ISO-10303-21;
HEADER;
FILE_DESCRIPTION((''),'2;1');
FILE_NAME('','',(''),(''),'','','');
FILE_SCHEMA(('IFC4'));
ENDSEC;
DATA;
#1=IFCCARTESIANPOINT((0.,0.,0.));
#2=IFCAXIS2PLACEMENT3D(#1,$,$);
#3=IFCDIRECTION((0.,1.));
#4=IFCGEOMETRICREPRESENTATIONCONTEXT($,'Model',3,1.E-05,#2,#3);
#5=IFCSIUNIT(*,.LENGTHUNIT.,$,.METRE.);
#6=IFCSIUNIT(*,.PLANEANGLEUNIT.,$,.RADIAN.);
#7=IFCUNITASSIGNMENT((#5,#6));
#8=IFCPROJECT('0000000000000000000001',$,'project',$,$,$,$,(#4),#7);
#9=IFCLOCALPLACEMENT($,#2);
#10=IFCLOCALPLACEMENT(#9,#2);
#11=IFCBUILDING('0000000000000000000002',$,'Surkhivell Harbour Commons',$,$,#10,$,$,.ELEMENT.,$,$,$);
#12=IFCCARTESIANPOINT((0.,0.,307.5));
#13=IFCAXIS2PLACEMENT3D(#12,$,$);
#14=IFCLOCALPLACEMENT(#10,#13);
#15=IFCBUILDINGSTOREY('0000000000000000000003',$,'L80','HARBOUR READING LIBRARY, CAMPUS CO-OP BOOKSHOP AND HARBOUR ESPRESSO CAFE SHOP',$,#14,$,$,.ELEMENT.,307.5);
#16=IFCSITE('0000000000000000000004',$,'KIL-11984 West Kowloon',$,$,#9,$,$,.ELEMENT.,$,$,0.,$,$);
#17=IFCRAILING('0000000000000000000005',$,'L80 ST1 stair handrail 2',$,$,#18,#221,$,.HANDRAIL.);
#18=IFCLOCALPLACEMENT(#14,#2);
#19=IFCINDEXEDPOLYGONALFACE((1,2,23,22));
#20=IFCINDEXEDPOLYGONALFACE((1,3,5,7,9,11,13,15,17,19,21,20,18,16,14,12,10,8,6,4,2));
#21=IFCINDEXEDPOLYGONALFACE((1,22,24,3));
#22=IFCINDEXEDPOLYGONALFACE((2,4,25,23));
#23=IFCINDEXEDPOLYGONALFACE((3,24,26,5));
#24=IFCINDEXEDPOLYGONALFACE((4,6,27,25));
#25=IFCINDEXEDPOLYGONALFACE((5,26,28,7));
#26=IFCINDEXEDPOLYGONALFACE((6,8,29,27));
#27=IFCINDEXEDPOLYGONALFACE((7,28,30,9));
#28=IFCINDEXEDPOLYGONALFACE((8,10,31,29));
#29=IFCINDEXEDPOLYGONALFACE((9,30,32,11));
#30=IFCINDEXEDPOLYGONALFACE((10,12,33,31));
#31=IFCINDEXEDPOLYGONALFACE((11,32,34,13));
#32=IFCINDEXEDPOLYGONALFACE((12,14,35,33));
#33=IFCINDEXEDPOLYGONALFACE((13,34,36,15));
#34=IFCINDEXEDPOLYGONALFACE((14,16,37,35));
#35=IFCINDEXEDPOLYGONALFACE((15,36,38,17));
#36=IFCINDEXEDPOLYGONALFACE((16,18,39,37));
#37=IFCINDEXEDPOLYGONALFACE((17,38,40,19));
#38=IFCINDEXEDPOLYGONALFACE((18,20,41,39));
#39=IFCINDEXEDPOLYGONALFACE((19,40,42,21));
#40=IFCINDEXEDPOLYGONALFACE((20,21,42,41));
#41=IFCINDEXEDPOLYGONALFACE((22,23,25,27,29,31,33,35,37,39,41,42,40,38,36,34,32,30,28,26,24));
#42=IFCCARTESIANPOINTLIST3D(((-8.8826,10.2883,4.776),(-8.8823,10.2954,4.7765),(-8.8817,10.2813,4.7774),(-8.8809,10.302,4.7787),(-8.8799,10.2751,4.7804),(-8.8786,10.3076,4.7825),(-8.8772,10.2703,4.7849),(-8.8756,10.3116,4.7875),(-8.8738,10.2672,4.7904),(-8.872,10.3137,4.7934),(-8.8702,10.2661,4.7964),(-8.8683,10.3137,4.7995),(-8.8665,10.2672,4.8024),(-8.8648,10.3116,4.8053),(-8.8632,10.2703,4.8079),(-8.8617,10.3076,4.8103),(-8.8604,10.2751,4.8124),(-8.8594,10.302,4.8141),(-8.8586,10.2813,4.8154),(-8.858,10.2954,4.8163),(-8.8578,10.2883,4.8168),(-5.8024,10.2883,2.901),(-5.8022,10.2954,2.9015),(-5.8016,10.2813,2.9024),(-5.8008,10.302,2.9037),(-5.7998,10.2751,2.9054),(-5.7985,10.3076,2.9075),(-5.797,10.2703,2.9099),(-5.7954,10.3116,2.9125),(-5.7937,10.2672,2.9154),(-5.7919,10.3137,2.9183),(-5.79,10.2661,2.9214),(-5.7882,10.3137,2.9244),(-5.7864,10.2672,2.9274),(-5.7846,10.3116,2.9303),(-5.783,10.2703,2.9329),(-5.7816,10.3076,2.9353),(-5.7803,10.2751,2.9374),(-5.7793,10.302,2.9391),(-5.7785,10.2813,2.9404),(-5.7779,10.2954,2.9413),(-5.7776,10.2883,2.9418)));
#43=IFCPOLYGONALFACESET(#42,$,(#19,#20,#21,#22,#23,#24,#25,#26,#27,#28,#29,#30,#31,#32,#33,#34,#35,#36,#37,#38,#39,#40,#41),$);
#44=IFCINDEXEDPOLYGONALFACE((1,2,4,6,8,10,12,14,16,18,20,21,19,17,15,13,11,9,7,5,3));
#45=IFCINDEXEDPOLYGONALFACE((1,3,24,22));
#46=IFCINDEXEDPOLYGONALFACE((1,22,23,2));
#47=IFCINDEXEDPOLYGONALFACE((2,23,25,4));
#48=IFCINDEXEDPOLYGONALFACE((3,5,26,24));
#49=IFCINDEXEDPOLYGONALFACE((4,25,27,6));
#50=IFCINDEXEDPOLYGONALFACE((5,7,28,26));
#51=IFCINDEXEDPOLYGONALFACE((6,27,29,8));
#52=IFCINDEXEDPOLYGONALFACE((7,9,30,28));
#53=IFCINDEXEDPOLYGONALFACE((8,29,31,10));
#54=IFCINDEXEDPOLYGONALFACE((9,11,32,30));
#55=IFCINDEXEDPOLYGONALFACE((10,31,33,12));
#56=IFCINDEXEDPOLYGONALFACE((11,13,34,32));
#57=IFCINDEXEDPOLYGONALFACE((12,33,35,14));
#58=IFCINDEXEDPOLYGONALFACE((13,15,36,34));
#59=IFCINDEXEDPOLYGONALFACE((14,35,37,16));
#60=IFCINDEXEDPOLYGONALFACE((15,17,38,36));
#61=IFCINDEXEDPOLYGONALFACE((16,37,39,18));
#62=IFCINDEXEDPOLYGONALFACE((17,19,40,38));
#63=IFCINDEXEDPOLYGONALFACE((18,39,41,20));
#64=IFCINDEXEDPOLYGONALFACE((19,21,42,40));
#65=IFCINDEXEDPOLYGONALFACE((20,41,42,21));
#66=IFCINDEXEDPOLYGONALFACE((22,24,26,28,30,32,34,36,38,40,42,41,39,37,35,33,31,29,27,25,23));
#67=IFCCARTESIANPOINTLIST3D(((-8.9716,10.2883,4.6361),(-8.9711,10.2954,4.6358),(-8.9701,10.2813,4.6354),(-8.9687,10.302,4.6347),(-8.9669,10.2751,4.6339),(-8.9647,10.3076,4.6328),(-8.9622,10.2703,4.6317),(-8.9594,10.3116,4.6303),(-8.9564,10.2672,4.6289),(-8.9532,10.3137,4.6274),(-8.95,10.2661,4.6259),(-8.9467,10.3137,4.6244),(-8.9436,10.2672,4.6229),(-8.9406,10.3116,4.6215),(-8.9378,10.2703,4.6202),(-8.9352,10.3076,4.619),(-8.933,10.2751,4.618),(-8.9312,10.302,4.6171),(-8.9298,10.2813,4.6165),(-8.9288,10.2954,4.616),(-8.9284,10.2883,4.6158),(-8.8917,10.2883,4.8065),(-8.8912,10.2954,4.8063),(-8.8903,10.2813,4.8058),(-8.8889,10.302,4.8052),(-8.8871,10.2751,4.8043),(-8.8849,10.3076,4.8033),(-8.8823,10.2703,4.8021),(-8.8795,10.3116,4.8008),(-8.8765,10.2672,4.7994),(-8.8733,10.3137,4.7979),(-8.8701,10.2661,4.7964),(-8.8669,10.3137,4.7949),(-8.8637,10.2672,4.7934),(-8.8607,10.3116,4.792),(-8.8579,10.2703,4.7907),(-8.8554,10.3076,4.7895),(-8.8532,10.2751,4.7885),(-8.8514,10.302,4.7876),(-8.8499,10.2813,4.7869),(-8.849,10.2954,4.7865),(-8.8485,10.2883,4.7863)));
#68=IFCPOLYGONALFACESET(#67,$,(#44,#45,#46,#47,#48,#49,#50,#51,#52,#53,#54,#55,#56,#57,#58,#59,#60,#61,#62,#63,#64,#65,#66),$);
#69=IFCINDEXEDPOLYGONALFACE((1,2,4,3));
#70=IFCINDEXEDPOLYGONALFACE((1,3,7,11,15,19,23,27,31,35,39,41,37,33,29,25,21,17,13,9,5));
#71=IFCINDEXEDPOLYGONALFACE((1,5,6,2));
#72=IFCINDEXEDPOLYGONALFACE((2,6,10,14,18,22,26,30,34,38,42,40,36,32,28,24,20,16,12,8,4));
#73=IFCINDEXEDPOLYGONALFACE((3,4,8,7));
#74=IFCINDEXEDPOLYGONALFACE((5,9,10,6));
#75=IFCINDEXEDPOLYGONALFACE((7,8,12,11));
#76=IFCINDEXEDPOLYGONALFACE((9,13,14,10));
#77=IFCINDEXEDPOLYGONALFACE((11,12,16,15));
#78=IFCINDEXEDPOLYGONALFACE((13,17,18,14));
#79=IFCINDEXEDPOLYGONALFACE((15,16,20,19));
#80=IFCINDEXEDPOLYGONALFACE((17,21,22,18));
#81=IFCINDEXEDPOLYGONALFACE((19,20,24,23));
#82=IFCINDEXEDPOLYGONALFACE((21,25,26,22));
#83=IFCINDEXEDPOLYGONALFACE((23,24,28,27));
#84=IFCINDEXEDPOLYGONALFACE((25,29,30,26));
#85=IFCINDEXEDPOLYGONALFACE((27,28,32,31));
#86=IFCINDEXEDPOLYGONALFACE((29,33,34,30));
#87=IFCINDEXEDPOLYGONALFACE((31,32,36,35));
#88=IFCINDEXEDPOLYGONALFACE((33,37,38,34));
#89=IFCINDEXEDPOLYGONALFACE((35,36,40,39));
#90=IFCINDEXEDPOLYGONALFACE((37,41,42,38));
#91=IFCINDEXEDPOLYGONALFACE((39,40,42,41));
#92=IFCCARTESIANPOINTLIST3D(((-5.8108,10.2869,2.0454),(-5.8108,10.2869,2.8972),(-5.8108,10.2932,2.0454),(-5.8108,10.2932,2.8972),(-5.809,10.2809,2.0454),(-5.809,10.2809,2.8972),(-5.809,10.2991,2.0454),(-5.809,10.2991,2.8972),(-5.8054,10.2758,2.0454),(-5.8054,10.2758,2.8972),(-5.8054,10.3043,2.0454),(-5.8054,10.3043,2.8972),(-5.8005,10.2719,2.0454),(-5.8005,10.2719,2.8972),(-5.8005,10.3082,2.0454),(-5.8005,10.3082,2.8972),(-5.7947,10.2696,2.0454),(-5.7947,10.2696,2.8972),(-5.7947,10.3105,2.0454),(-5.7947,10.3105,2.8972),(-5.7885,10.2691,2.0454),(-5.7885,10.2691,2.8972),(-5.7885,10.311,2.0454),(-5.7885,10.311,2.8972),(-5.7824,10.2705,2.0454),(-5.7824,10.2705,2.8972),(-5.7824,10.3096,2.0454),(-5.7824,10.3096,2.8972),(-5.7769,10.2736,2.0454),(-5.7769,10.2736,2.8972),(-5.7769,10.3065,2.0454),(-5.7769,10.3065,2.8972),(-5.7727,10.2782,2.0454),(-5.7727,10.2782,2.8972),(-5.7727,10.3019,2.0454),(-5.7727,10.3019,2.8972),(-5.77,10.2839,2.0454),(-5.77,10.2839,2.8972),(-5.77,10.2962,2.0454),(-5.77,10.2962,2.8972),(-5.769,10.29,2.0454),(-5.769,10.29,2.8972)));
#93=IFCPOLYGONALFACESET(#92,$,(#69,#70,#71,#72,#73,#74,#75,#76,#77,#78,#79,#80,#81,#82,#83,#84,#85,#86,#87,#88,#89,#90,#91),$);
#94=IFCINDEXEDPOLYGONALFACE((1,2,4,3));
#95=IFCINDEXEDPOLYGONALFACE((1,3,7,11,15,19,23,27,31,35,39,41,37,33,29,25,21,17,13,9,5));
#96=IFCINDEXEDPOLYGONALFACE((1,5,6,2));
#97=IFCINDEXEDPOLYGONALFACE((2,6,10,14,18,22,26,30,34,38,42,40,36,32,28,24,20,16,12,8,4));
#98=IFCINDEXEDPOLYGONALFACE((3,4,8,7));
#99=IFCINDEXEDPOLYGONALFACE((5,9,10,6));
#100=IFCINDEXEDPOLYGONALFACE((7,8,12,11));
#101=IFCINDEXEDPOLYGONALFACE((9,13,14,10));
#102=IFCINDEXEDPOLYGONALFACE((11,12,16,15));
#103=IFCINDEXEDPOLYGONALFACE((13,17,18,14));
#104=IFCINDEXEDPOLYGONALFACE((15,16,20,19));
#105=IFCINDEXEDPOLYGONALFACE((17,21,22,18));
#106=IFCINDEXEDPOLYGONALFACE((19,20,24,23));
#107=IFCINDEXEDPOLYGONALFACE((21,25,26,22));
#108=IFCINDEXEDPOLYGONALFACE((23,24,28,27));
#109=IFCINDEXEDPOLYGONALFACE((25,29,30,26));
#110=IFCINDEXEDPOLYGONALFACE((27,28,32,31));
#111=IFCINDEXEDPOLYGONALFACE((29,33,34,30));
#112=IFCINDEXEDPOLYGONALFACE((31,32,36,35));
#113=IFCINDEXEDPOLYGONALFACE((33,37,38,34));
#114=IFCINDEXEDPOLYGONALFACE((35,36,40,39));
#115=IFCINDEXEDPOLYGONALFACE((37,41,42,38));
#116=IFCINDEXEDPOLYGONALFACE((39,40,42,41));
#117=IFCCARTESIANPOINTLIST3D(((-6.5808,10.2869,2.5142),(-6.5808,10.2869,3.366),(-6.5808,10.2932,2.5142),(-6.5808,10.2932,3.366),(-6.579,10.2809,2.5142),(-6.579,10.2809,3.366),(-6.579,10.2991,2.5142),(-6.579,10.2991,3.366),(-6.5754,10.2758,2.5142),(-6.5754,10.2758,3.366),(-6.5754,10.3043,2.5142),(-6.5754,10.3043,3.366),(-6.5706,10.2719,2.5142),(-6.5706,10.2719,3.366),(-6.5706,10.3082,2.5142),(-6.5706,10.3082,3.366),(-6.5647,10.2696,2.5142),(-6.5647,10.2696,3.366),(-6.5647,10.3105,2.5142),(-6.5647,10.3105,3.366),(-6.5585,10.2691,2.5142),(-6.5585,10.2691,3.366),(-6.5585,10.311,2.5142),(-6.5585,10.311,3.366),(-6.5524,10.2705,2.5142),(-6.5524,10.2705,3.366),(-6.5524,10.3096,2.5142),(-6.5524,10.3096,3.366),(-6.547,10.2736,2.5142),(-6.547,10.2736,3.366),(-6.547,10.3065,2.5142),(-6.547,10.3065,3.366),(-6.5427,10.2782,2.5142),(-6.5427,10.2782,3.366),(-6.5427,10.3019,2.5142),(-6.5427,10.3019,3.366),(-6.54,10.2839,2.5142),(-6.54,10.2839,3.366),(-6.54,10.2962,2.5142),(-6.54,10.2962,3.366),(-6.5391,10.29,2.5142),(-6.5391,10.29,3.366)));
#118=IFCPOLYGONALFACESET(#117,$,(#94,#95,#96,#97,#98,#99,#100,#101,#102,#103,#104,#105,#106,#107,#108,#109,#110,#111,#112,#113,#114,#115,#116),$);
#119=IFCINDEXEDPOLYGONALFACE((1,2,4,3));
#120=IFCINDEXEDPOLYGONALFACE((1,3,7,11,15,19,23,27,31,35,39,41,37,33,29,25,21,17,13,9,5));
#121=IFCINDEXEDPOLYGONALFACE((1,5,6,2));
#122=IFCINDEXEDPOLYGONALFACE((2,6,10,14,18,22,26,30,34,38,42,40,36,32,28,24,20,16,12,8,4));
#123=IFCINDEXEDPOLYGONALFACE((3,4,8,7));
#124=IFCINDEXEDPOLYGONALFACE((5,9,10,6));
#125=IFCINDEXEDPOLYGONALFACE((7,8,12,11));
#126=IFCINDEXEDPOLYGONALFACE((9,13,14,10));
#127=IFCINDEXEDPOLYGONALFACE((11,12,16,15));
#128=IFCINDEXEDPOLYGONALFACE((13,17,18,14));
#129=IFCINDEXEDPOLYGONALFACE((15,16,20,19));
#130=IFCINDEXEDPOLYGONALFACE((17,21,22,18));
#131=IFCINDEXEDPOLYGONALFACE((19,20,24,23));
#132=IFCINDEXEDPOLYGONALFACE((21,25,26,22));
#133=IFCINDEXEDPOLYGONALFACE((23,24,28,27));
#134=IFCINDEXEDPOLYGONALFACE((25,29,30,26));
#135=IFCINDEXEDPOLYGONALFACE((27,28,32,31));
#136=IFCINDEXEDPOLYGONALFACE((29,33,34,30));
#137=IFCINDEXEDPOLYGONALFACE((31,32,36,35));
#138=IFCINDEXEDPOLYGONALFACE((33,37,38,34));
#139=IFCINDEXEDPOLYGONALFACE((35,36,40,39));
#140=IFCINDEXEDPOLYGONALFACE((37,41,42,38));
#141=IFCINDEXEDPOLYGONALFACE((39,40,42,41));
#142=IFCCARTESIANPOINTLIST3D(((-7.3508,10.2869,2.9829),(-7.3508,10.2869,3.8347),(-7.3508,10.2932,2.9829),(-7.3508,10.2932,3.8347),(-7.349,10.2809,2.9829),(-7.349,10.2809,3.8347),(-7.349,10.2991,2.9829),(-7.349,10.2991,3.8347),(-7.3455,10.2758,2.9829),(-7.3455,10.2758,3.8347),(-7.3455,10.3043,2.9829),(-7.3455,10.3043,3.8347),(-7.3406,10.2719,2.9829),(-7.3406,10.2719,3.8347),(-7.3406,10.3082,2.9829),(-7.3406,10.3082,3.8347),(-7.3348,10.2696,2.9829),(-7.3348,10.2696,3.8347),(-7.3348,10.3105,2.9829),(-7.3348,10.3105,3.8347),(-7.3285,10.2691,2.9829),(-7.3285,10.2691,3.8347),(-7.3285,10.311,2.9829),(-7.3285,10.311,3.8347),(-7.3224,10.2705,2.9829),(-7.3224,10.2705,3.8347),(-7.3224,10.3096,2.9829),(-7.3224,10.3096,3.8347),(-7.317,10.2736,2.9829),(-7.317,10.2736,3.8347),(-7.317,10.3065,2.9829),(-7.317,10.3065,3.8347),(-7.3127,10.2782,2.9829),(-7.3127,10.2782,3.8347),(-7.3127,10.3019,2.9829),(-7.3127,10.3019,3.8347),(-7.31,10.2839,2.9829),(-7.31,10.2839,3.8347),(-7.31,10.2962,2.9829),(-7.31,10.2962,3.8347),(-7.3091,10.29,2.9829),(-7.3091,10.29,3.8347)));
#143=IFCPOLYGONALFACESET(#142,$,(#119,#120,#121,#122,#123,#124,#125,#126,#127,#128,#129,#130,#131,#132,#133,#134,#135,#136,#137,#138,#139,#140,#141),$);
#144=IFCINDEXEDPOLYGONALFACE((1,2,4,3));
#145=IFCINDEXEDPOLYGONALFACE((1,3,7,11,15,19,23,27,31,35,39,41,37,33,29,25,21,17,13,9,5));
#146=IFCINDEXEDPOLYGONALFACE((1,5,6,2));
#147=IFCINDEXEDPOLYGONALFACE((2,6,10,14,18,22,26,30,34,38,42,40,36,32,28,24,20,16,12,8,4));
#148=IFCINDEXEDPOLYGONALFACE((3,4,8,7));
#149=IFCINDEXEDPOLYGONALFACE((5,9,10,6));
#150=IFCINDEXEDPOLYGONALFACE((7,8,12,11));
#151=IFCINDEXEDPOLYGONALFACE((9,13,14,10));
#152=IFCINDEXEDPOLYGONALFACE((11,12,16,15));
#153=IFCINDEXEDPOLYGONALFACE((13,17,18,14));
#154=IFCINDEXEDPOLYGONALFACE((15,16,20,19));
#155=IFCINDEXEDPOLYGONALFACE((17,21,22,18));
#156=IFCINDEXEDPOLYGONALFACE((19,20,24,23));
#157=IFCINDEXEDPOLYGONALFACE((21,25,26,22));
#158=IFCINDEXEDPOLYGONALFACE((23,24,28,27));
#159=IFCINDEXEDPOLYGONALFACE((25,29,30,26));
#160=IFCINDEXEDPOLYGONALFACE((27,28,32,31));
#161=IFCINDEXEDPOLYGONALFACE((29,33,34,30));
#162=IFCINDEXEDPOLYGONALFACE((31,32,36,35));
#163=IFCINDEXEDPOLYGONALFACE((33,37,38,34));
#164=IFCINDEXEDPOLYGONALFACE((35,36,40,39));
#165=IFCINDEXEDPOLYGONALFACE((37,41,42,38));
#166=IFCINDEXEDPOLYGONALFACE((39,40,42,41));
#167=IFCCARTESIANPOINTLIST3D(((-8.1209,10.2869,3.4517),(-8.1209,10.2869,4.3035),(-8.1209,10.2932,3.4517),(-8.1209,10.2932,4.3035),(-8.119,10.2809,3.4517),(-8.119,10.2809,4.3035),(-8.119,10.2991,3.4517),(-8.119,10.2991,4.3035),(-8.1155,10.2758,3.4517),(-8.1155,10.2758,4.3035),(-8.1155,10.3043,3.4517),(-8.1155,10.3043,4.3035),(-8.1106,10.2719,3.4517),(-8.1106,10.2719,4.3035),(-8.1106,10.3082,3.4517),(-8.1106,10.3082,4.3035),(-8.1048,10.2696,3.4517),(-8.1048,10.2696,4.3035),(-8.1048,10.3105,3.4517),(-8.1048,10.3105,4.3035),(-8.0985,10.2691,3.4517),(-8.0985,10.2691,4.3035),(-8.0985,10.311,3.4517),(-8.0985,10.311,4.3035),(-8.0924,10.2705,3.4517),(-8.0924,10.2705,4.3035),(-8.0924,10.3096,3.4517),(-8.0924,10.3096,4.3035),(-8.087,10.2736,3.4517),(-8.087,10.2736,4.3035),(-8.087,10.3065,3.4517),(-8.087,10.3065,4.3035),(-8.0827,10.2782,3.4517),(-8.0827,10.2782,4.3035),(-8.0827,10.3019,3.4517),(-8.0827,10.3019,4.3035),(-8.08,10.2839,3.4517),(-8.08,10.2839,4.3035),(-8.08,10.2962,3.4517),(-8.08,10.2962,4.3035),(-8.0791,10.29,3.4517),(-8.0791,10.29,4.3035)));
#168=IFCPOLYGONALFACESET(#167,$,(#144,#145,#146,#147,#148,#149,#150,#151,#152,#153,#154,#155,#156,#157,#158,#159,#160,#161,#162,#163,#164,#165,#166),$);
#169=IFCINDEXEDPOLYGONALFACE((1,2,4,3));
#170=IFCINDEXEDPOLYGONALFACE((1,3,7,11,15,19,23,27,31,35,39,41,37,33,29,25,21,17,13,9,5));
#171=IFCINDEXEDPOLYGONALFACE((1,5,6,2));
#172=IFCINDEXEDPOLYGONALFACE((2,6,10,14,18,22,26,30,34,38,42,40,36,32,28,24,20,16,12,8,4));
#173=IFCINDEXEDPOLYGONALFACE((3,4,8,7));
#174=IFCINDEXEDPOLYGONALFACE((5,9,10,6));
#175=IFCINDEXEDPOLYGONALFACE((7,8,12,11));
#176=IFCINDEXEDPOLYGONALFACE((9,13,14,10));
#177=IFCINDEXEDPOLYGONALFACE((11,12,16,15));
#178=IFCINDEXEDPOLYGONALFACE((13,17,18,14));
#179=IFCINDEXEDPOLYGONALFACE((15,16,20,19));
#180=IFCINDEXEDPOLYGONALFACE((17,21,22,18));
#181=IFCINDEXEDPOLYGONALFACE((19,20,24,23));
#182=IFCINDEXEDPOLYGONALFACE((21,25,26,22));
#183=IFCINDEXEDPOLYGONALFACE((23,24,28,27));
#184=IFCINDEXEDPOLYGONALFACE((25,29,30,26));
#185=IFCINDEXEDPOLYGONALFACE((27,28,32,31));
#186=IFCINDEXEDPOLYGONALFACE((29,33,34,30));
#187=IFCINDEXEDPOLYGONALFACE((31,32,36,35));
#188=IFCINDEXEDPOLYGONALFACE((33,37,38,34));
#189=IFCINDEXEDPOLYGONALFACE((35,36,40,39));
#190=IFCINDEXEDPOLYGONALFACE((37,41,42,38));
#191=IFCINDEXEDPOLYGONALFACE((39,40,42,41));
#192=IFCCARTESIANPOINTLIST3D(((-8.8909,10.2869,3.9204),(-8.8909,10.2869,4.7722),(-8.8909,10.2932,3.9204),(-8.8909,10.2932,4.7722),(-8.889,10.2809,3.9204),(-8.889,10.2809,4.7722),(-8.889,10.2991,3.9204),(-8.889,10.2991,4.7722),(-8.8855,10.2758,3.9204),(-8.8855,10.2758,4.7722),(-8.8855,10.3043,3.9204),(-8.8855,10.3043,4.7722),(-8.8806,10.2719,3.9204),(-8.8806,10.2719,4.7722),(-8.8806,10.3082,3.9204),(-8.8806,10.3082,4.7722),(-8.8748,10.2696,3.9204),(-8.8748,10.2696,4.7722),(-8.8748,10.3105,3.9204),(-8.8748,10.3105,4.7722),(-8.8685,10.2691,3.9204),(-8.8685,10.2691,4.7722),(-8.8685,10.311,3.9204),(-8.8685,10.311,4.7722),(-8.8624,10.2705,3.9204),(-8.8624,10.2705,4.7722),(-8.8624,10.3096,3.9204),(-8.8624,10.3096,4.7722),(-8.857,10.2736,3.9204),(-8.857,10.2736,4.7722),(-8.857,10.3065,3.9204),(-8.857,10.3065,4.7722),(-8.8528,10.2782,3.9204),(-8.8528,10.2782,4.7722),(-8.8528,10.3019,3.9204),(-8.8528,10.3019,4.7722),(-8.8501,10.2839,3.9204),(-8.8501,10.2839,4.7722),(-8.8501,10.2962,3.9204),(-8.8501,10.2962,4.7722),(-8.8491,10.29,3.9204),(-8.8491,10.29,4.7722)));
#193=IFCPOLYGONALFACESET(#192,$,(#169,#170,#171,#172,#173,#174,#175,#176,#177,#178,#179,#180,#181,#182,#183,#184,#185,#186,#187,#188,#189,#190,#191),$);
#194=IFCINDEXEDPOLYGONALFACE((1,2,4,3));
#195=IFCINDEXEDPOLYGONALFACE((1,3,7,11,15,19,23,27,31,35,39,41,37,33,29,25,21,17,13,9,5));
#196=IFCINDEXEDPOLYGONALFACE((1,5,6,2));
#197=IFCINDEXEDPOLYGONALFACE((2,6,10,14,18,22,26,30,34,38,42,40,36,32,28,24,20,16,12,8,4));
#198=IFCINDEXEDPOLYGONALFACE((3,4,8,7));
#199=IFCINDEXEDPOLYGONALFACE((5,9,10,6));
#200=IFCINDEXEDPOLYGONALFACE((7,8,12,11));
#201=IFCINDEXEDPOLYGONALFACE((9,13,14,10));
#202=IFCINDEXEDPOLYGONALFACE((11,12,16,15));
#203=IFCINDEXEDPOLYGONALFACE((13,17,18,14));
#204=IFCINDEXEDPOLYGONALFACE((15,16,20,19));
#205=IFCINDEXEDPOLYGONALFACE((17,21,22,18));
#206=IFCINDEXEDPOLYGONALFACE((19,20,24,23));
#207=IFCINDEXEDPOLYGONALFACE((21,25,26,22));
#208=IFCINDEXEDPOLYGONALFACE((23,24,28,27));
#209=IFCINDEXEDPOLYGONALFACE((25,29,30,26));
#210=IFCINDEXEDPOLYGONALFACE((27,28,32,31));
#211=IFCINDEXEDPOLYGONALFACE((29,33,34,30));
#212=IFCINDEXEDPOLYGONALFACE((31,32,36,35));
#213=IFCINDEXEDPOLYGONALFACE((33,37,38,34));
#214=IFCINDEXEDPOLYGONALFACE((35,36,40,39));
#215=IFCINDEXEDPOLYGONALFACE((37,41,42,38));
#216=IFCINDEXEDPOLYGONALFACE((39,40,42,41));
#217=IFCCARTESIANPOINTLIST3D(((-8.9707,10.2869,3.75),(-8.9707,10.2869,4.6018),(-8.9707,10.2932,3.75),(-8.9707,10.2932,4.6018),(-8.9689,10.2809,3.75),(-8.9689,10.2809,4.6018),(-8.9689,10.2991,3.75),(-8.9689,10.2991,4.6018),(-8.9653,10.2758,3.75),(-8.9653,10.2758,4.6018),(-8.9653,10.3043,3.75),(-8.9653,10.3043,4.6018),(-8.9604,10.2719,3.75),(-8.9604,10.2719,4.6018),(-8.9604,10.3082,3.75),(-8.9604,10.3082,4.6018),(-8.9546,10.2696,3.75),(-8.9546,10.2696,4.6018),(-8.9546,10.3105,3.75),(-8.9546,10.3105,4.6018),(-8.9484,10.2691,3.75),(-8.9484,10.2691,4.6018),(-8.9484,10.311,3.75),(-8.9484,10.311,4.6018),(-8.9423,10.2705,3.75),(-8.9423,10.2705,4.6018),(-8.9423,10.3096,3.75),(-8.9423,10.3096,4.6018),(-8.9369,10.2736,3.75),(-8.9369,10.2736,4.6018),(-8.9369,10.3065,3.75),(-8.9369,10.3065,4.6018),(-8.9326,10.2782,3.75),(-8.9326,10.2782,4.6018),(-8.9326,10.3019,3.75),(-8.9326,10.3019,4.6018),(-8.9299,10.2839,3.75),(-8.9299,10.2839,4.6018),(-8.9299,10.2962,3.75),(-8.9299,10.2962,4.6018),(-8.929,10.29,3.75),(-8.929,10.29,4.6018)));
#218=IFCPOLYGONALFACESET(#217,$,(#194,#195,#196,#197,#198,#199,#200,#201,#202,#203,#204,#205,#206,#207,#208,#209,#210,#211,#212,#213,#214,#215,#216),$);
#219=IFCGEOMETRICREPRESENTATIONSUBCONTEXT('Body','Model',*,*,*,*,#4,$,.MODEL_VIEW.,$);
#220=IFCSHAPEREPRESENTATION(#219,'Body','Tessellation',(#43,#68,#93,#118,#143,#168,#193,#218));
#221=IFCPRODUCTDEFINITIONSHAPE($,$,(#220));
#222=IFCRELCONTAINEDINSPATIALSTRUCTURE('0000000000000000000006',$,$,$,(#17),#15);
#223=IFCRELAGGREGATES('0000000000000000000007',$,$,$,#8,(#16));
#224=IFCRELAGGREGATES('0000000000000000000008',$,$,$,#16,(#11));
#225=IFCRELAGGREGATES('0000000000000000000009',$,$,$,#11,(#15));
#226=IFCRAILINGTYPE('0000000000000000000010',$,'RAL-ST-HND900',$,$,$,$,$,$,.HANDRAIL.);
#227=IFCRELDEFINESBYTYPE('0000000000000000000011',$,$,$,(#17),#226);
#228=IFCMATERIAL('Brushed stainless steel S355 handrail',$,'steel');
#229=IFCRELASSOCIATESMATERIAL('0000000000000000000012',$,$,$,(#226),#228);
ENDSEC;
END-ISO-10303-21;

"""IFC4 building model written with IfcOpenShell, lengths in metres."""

from ifc_helpers import new_model, si_unit, direction, frame, origin, origin_2d, place, context, subcontext, project, spatial, circle, extrude, material, type_object, element, save


model = new_model("IFC4")

# Units and contexts
model_context = context("Model", 3, precision=1e-05, world=origin(), true_north=direction((0.0, 1.0)))
body_context = subcontext(model_context, "Body", "Model", "MODEL_VIEW")
ifc_project = project(units=[si_unit("LENGTHUNIT", "METRE"), si_unit("PLANEANGLEUNIT", "RADIAN")], contexts=[model_context])

# Site, building, storey
site_placement = place(None, origin())
site = spatial("IfcSite", under=ifc_project, at=site_placement, Name="KIL-11984 West Kowloon", CompositionType="ELEMENT", RefElevation=0.0)
building_placement = place(site_placement, origin())
building = spatial("IfcBuilding", under=site, at=building_placement, Name="Surkhivell Harbour Commons", CompositionType="ELEMENT")
storey_placement = place(building_placement, frame((0.0, 0.0, 307.5)))
storey = spatial("IfcBuildingStorey", under=building, at=storey_placement, Name="L80", Description="HARBOUR READING LIBRARY, CAMPUS CO-OP BOOKSHOP AND HARBOUR ESPRESSO CAFE SHOP", CompositionType="ELEMENT", Elevation=307.5)

# Railing
ifc_material_1 = material(Name="Brushed stainless steel S355 handrail", Category="steel")
railing_type_1 = type_object("IfcRailingType", Name="RAL-ST-HND900", PredefinedType="HANDRAIL", material=ifc_material_1)
railing_1_placement = place(storey_placement, frame((-5.79, 10.29, 2.0454)))
element("IfcRailing", 1, at=railing_1_placement, inside=storey, type_object=railing_type_1, Name="L80 ST1 stair handrail 2", PredefinedType="HANDRAIL", context=body_context, shape_type="SweptSolid", body=[
    extrude(circle(Radius=0.0239, at=origin_2d()), frame((0.0, 0.0, 0.876), z_axis=(-0.854178, 0.0, 0.519981), x_axis=(0.0, -1.0, 0.0)), (0.0, 0.0, 1.0), 3.606),
    extrude(circle(Radius=0.0239, at=origin_2d()), frame((-3.0801, 0.0, 2.751), z_axis=(-0.424234, 0.0, -0.905552), x_axis=(0.0, -1.0, 0.0)), (0.0, 0.0, 1.0), 0.1882),
    extrude(circle(Radius=0.021, at=origin_2d()), origin(), (0.0, 0.0, 1.0), 0.8518),
    extrude(circle(Radius=0.021, at=origin_2d()), frame((-0.77, 0.0, 0.4688)), (0.0, 0.0, 1.0), 0.8518),
    extrude(circle(Radius=0.021, at=origin_2d()), frame((-1.54, 0.0, 0.9375)), (0.0, 0.0, 1.0), 0.8518),
    extrude(circle(Radius=0.021, at=origin_2d()), frame((-2.3101, 0.0, 1.4062)), (0.0, 0.0, 1.0), 0.8518),
    extrude(circle(Radius=0.021, at=origin_2d()), frame((-3.0801, 0.0, 1.875)), (0.0, 0.0, 1.0), 0.8518),
    extrude(circle(Radius=0.021, at=origin_2d()), frame((-3.1599, 0.0, 1.7046)), (0.0, 0.0, 1.0), 0.8518),
])

save(model, "model.ifc")
